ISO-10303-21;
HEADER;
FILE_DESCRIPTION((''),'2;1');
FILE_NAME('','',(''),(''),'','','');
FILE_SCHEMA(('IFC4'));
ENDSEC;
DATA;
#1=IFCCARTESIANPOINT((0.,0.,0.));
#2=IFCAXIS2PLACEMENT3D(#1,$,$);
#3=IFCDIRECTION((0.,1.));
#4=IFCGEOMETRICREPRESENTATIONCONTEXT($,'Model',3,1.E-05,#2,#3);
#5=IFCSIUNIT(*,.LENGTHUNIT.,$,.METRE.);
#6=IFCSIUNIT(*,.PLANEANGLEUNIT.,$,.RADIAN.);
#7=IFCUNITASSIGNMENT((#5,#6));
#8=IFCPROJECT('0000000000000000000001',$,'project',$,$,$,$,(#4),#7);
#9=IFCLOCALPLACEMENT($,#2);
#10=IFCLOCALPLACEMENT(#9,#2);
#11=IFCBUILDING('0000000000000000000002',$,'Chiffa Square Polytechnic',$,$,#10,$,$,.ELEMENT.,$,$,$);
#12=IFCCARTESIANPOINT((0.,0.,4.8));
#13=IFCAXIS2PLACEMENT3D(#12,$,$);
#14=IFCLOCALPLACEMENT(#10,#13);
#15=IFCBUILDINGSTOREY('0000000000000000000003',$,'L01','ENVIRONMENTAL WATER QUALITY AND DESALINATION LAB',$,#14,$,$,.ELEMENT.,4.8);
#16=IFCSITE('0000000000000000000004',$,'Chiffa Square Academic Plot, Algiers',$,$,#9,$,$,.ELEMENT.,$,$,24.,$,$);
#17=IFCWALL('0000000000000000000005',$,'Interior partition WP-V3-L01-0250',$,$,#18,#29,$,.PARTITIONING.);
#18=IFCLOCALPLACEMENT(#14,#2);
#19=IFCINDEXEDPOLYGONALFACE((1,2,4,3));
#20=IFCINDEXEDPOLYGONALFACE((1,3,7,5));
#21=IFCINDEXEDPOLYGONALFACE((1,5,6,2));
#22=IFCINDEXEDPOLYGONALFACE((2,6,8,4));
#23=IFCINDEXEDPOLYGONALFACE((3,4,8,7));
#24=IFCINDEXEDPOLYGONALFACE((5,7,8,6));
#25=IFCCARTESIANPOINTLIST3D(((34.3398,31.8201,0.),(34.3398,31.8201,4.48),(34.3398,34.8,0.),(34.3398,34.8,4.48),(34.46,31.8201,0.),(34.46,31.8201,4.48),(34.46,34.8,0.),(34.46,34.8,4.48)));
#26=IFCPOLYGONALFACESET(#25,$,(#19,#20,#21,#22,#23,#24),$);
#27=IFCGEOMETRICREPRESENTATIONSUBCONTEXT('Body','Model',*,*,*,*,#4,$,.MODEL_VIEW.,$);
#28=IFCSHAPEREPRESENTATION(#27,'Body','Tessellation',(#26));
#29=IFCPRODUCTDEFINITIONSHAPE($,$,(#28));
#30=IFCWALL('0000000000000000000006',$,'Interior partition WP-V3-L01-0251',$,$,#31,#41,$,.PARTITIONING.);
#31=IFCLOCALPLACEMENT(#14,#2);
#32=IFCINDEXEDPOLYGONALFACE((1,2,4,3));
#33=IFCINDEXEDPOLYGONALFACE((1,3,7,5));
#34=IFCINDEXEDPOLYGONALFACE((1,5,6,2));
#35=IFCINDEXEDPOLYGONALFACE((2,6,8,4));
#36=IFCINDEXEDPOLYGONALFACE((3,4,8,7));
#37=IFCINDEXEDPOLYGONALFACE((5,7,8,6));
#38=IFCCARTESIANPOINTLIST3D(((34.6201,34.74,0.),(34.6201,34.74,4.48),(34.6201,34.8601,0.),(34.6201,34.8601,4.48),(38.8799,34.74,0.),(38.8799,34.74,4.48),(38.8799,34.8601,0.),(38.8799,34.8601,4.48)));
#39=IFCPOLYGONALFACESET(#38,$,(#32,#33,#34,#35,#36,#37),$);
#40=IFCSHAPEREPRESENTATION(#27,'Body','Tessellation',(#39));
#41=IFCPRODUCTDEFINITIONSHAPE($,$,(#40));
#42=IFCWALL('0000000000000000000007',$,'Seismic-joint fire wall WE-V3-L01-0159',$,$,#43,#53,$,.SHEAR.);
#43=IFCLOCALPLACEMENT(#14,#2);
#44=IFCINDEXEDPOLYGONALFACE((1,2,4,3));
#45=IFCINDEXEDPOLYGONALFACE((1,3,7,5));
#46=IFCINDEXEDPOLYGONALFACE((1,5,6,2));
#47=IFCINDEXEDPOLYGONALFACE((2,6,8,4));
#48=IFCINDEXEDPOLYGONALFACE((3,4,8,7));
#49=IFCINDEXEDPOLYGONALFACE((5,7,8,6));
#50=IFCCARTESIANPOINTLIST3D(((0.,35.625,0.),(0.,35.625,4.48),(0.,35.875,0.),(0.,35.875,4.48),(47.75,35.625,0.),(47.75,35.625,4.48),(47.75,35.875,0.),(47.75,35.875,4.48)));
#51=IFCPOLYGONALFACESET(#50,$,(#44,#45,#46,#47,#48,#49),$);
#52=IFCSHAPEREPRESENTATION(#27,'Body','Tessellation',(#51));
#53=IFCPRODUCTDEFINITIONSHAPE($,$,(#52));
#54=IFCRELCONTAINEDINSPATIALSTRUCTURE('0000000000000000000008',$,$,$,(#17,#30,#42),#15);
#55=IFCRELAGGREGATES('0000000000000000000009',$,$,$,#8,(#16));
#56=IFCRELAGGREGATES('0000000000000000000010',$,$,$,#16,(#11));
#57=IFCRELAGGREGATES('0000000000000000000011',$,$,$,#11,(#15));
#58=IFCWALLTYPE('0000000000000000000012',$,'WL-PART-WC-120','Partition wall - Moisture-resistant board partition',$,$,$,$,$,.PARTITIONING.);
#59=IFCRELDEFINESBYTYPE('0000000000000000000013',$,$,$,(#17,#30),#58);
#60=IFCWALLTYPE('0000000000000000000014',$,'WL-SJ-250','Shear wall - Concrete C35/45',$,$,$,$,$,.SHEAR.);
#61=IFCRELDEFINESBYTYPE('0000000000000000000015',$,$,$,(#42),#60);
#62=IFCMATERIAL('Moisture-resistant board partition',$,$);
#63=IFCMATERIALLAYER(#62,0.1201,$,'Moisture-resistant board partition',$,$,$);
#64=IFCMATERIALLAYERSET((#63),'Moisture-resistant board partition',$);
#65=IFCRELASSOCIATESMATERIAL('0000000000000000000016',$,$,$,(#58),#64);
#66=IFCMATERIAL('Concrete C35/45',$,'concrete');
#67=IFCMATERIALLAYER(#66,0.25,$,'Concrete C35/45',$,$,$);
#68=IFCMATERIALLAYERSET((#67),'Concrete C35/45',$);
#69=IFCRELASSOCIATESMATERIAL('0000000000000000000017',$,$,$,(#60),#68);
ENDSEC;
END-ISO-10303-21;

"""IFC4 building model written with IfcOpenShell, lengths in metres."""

from ifc_helpers import new_model, si_unit, direction, frame, frame_2d, origin, place, context, subcontext, project, spatial, rectangle, extrude, material, layer, layer_set, type_object, element, save


model = new_model("IFC4")

# Units and contexts
model_context = context("Model", 3, precision=1e-05, world=origin(), true_north=direction((0.0, 1.0)))
body_context = subcontext(model_context, "Body", "Model", "MODEL_VIEW")
ifc_project = project(units=[si_unit("LENGTHUNIT", "METRE"), si_unit("PLANEANGLEUNIT", "RADIAN")], contexts=[model_context])

# Site, building, storey
site_placement = place(None, origin())
site = spatial("IfcSite", under=ifc_project, at=site_placement, Name="Chiffa Square Academic Plot, Algiers", CompositionType="ELEMENT", RefElevation=24.0)
building_placement = place(site_placement, origin())
building = spatial("IfcBuilding", under=site, at=building_placement, Name="Chiffa Square Polytechnic", CompositionType="ELEMENT")
storey_placement = place(building_placement, frame((0.0, 0.0, 4.8)))
storey = spatial("IfcBuildingStorey", under=building, at=storey_placement, Name="L01", Description="ENVIRONMENTAL WATER QUALITY AND DESALINATION LAB", CompositionType="ELEMENT", Elevation=4.8)

# Shared definitions
ifc_material_1 = material(Name="Concrete C35/45", Category="concrete")

# Shared definitions
ifc_material_2 = material(Name="Moisture-resistant board partition")
ifc_layer_1 = layer(ifc_material_2, 0.1201, Name="Moisture-resistant board partition")
ifc_layer_set_1 = layer_set([ifc_layer_1], Name="Moisture-resistant board partition")
wall_type_1 = type_object("IfcWallType", Name="WL-PART-WC-120", Description="Partition wall - Moisture-resistant board partition", PredefinedType="PARTITIONING", material=ifc_layer_set_1)

# Walls
for number, where, z_axis, x_axis, name in (
    (1, (34.3999, 31.8201, 0.0), (0.0, 0.0, 1.0), (0.0, 1.0, 0.0), "Interior partition WP-V3-L01-0250"),
):
    element("IfcWall", number, at=place(storey_placement, frame(where, z_axis=z_axis, x_axis=x_axis)), inside=storey, type_object=wall_type_1, Name=name, PredefinedType="PARTITIONING", context=body_context, shape_type="SweptSolid", body=[
        extrude(rectangle(XDim=2.98, YDim=0.1201, at=frame_2d((1.49, 0.0))), origin(), (0.0, 0.0, 1.0), 4.48),
    ])
wall_1_placement = place(storey_placement, frame((34.6201, 34.8, 0.0), z_axis=(0.0, 0.0, 1.0), x_axis=(1.0, 0.0, 0.0)))
element("IfcWall", 2, at=wall_1_placement, inside=storey, type_object=wall_type_1, Name="Interior partition WP-V3-L01-0251", PredefinedType="PARTITIONING", context=body_context, shape_type="SweptSolid", body=[
    extrude(rectangle(XDim=4.2598, YDim=0.1201, at=frame_2d((2.1299, 0.0))), origin(), (0.0, 0.0, 1.0), 4.48),
])
ifc_layer_2 = layer(ifc_material_1, 0.25, Name="Concrete C35/45")
ifc_layer_set_2 = layer_set([ifc_layer_2], Name="Concrete C35/45")
wall_type_2 = type_object("IfcWallType", Name="WL-SJ-250", Description="Shear wall - Concrete C35/45", PredefinedType="SHEAR", material=ifc_layer_set_2)
wall_2_placement = place(storey_placement, frame((47.75, 35.75, 0.0), z_axis=(0.0, 0.0, 1.0), x_axis=(-1.0, 0.0, 0.0)))
element("IfcWall", 3, at=wall_2_placement, inside=storey, type_object=wall_type_2, Name="Seismic-joint fire wall WE-V3-L01-0159", PredefinedType="SHEAR", context=body_context, shape_type="SweptSolid", body=[
    extrude(rectangle(XDim=47.75, YDim=0.25, at=frame_2d((23.875, 0.0))), origin(), (0.0, 0.0, 1.0), 4.48),
])

save(model, "model.ifc")
